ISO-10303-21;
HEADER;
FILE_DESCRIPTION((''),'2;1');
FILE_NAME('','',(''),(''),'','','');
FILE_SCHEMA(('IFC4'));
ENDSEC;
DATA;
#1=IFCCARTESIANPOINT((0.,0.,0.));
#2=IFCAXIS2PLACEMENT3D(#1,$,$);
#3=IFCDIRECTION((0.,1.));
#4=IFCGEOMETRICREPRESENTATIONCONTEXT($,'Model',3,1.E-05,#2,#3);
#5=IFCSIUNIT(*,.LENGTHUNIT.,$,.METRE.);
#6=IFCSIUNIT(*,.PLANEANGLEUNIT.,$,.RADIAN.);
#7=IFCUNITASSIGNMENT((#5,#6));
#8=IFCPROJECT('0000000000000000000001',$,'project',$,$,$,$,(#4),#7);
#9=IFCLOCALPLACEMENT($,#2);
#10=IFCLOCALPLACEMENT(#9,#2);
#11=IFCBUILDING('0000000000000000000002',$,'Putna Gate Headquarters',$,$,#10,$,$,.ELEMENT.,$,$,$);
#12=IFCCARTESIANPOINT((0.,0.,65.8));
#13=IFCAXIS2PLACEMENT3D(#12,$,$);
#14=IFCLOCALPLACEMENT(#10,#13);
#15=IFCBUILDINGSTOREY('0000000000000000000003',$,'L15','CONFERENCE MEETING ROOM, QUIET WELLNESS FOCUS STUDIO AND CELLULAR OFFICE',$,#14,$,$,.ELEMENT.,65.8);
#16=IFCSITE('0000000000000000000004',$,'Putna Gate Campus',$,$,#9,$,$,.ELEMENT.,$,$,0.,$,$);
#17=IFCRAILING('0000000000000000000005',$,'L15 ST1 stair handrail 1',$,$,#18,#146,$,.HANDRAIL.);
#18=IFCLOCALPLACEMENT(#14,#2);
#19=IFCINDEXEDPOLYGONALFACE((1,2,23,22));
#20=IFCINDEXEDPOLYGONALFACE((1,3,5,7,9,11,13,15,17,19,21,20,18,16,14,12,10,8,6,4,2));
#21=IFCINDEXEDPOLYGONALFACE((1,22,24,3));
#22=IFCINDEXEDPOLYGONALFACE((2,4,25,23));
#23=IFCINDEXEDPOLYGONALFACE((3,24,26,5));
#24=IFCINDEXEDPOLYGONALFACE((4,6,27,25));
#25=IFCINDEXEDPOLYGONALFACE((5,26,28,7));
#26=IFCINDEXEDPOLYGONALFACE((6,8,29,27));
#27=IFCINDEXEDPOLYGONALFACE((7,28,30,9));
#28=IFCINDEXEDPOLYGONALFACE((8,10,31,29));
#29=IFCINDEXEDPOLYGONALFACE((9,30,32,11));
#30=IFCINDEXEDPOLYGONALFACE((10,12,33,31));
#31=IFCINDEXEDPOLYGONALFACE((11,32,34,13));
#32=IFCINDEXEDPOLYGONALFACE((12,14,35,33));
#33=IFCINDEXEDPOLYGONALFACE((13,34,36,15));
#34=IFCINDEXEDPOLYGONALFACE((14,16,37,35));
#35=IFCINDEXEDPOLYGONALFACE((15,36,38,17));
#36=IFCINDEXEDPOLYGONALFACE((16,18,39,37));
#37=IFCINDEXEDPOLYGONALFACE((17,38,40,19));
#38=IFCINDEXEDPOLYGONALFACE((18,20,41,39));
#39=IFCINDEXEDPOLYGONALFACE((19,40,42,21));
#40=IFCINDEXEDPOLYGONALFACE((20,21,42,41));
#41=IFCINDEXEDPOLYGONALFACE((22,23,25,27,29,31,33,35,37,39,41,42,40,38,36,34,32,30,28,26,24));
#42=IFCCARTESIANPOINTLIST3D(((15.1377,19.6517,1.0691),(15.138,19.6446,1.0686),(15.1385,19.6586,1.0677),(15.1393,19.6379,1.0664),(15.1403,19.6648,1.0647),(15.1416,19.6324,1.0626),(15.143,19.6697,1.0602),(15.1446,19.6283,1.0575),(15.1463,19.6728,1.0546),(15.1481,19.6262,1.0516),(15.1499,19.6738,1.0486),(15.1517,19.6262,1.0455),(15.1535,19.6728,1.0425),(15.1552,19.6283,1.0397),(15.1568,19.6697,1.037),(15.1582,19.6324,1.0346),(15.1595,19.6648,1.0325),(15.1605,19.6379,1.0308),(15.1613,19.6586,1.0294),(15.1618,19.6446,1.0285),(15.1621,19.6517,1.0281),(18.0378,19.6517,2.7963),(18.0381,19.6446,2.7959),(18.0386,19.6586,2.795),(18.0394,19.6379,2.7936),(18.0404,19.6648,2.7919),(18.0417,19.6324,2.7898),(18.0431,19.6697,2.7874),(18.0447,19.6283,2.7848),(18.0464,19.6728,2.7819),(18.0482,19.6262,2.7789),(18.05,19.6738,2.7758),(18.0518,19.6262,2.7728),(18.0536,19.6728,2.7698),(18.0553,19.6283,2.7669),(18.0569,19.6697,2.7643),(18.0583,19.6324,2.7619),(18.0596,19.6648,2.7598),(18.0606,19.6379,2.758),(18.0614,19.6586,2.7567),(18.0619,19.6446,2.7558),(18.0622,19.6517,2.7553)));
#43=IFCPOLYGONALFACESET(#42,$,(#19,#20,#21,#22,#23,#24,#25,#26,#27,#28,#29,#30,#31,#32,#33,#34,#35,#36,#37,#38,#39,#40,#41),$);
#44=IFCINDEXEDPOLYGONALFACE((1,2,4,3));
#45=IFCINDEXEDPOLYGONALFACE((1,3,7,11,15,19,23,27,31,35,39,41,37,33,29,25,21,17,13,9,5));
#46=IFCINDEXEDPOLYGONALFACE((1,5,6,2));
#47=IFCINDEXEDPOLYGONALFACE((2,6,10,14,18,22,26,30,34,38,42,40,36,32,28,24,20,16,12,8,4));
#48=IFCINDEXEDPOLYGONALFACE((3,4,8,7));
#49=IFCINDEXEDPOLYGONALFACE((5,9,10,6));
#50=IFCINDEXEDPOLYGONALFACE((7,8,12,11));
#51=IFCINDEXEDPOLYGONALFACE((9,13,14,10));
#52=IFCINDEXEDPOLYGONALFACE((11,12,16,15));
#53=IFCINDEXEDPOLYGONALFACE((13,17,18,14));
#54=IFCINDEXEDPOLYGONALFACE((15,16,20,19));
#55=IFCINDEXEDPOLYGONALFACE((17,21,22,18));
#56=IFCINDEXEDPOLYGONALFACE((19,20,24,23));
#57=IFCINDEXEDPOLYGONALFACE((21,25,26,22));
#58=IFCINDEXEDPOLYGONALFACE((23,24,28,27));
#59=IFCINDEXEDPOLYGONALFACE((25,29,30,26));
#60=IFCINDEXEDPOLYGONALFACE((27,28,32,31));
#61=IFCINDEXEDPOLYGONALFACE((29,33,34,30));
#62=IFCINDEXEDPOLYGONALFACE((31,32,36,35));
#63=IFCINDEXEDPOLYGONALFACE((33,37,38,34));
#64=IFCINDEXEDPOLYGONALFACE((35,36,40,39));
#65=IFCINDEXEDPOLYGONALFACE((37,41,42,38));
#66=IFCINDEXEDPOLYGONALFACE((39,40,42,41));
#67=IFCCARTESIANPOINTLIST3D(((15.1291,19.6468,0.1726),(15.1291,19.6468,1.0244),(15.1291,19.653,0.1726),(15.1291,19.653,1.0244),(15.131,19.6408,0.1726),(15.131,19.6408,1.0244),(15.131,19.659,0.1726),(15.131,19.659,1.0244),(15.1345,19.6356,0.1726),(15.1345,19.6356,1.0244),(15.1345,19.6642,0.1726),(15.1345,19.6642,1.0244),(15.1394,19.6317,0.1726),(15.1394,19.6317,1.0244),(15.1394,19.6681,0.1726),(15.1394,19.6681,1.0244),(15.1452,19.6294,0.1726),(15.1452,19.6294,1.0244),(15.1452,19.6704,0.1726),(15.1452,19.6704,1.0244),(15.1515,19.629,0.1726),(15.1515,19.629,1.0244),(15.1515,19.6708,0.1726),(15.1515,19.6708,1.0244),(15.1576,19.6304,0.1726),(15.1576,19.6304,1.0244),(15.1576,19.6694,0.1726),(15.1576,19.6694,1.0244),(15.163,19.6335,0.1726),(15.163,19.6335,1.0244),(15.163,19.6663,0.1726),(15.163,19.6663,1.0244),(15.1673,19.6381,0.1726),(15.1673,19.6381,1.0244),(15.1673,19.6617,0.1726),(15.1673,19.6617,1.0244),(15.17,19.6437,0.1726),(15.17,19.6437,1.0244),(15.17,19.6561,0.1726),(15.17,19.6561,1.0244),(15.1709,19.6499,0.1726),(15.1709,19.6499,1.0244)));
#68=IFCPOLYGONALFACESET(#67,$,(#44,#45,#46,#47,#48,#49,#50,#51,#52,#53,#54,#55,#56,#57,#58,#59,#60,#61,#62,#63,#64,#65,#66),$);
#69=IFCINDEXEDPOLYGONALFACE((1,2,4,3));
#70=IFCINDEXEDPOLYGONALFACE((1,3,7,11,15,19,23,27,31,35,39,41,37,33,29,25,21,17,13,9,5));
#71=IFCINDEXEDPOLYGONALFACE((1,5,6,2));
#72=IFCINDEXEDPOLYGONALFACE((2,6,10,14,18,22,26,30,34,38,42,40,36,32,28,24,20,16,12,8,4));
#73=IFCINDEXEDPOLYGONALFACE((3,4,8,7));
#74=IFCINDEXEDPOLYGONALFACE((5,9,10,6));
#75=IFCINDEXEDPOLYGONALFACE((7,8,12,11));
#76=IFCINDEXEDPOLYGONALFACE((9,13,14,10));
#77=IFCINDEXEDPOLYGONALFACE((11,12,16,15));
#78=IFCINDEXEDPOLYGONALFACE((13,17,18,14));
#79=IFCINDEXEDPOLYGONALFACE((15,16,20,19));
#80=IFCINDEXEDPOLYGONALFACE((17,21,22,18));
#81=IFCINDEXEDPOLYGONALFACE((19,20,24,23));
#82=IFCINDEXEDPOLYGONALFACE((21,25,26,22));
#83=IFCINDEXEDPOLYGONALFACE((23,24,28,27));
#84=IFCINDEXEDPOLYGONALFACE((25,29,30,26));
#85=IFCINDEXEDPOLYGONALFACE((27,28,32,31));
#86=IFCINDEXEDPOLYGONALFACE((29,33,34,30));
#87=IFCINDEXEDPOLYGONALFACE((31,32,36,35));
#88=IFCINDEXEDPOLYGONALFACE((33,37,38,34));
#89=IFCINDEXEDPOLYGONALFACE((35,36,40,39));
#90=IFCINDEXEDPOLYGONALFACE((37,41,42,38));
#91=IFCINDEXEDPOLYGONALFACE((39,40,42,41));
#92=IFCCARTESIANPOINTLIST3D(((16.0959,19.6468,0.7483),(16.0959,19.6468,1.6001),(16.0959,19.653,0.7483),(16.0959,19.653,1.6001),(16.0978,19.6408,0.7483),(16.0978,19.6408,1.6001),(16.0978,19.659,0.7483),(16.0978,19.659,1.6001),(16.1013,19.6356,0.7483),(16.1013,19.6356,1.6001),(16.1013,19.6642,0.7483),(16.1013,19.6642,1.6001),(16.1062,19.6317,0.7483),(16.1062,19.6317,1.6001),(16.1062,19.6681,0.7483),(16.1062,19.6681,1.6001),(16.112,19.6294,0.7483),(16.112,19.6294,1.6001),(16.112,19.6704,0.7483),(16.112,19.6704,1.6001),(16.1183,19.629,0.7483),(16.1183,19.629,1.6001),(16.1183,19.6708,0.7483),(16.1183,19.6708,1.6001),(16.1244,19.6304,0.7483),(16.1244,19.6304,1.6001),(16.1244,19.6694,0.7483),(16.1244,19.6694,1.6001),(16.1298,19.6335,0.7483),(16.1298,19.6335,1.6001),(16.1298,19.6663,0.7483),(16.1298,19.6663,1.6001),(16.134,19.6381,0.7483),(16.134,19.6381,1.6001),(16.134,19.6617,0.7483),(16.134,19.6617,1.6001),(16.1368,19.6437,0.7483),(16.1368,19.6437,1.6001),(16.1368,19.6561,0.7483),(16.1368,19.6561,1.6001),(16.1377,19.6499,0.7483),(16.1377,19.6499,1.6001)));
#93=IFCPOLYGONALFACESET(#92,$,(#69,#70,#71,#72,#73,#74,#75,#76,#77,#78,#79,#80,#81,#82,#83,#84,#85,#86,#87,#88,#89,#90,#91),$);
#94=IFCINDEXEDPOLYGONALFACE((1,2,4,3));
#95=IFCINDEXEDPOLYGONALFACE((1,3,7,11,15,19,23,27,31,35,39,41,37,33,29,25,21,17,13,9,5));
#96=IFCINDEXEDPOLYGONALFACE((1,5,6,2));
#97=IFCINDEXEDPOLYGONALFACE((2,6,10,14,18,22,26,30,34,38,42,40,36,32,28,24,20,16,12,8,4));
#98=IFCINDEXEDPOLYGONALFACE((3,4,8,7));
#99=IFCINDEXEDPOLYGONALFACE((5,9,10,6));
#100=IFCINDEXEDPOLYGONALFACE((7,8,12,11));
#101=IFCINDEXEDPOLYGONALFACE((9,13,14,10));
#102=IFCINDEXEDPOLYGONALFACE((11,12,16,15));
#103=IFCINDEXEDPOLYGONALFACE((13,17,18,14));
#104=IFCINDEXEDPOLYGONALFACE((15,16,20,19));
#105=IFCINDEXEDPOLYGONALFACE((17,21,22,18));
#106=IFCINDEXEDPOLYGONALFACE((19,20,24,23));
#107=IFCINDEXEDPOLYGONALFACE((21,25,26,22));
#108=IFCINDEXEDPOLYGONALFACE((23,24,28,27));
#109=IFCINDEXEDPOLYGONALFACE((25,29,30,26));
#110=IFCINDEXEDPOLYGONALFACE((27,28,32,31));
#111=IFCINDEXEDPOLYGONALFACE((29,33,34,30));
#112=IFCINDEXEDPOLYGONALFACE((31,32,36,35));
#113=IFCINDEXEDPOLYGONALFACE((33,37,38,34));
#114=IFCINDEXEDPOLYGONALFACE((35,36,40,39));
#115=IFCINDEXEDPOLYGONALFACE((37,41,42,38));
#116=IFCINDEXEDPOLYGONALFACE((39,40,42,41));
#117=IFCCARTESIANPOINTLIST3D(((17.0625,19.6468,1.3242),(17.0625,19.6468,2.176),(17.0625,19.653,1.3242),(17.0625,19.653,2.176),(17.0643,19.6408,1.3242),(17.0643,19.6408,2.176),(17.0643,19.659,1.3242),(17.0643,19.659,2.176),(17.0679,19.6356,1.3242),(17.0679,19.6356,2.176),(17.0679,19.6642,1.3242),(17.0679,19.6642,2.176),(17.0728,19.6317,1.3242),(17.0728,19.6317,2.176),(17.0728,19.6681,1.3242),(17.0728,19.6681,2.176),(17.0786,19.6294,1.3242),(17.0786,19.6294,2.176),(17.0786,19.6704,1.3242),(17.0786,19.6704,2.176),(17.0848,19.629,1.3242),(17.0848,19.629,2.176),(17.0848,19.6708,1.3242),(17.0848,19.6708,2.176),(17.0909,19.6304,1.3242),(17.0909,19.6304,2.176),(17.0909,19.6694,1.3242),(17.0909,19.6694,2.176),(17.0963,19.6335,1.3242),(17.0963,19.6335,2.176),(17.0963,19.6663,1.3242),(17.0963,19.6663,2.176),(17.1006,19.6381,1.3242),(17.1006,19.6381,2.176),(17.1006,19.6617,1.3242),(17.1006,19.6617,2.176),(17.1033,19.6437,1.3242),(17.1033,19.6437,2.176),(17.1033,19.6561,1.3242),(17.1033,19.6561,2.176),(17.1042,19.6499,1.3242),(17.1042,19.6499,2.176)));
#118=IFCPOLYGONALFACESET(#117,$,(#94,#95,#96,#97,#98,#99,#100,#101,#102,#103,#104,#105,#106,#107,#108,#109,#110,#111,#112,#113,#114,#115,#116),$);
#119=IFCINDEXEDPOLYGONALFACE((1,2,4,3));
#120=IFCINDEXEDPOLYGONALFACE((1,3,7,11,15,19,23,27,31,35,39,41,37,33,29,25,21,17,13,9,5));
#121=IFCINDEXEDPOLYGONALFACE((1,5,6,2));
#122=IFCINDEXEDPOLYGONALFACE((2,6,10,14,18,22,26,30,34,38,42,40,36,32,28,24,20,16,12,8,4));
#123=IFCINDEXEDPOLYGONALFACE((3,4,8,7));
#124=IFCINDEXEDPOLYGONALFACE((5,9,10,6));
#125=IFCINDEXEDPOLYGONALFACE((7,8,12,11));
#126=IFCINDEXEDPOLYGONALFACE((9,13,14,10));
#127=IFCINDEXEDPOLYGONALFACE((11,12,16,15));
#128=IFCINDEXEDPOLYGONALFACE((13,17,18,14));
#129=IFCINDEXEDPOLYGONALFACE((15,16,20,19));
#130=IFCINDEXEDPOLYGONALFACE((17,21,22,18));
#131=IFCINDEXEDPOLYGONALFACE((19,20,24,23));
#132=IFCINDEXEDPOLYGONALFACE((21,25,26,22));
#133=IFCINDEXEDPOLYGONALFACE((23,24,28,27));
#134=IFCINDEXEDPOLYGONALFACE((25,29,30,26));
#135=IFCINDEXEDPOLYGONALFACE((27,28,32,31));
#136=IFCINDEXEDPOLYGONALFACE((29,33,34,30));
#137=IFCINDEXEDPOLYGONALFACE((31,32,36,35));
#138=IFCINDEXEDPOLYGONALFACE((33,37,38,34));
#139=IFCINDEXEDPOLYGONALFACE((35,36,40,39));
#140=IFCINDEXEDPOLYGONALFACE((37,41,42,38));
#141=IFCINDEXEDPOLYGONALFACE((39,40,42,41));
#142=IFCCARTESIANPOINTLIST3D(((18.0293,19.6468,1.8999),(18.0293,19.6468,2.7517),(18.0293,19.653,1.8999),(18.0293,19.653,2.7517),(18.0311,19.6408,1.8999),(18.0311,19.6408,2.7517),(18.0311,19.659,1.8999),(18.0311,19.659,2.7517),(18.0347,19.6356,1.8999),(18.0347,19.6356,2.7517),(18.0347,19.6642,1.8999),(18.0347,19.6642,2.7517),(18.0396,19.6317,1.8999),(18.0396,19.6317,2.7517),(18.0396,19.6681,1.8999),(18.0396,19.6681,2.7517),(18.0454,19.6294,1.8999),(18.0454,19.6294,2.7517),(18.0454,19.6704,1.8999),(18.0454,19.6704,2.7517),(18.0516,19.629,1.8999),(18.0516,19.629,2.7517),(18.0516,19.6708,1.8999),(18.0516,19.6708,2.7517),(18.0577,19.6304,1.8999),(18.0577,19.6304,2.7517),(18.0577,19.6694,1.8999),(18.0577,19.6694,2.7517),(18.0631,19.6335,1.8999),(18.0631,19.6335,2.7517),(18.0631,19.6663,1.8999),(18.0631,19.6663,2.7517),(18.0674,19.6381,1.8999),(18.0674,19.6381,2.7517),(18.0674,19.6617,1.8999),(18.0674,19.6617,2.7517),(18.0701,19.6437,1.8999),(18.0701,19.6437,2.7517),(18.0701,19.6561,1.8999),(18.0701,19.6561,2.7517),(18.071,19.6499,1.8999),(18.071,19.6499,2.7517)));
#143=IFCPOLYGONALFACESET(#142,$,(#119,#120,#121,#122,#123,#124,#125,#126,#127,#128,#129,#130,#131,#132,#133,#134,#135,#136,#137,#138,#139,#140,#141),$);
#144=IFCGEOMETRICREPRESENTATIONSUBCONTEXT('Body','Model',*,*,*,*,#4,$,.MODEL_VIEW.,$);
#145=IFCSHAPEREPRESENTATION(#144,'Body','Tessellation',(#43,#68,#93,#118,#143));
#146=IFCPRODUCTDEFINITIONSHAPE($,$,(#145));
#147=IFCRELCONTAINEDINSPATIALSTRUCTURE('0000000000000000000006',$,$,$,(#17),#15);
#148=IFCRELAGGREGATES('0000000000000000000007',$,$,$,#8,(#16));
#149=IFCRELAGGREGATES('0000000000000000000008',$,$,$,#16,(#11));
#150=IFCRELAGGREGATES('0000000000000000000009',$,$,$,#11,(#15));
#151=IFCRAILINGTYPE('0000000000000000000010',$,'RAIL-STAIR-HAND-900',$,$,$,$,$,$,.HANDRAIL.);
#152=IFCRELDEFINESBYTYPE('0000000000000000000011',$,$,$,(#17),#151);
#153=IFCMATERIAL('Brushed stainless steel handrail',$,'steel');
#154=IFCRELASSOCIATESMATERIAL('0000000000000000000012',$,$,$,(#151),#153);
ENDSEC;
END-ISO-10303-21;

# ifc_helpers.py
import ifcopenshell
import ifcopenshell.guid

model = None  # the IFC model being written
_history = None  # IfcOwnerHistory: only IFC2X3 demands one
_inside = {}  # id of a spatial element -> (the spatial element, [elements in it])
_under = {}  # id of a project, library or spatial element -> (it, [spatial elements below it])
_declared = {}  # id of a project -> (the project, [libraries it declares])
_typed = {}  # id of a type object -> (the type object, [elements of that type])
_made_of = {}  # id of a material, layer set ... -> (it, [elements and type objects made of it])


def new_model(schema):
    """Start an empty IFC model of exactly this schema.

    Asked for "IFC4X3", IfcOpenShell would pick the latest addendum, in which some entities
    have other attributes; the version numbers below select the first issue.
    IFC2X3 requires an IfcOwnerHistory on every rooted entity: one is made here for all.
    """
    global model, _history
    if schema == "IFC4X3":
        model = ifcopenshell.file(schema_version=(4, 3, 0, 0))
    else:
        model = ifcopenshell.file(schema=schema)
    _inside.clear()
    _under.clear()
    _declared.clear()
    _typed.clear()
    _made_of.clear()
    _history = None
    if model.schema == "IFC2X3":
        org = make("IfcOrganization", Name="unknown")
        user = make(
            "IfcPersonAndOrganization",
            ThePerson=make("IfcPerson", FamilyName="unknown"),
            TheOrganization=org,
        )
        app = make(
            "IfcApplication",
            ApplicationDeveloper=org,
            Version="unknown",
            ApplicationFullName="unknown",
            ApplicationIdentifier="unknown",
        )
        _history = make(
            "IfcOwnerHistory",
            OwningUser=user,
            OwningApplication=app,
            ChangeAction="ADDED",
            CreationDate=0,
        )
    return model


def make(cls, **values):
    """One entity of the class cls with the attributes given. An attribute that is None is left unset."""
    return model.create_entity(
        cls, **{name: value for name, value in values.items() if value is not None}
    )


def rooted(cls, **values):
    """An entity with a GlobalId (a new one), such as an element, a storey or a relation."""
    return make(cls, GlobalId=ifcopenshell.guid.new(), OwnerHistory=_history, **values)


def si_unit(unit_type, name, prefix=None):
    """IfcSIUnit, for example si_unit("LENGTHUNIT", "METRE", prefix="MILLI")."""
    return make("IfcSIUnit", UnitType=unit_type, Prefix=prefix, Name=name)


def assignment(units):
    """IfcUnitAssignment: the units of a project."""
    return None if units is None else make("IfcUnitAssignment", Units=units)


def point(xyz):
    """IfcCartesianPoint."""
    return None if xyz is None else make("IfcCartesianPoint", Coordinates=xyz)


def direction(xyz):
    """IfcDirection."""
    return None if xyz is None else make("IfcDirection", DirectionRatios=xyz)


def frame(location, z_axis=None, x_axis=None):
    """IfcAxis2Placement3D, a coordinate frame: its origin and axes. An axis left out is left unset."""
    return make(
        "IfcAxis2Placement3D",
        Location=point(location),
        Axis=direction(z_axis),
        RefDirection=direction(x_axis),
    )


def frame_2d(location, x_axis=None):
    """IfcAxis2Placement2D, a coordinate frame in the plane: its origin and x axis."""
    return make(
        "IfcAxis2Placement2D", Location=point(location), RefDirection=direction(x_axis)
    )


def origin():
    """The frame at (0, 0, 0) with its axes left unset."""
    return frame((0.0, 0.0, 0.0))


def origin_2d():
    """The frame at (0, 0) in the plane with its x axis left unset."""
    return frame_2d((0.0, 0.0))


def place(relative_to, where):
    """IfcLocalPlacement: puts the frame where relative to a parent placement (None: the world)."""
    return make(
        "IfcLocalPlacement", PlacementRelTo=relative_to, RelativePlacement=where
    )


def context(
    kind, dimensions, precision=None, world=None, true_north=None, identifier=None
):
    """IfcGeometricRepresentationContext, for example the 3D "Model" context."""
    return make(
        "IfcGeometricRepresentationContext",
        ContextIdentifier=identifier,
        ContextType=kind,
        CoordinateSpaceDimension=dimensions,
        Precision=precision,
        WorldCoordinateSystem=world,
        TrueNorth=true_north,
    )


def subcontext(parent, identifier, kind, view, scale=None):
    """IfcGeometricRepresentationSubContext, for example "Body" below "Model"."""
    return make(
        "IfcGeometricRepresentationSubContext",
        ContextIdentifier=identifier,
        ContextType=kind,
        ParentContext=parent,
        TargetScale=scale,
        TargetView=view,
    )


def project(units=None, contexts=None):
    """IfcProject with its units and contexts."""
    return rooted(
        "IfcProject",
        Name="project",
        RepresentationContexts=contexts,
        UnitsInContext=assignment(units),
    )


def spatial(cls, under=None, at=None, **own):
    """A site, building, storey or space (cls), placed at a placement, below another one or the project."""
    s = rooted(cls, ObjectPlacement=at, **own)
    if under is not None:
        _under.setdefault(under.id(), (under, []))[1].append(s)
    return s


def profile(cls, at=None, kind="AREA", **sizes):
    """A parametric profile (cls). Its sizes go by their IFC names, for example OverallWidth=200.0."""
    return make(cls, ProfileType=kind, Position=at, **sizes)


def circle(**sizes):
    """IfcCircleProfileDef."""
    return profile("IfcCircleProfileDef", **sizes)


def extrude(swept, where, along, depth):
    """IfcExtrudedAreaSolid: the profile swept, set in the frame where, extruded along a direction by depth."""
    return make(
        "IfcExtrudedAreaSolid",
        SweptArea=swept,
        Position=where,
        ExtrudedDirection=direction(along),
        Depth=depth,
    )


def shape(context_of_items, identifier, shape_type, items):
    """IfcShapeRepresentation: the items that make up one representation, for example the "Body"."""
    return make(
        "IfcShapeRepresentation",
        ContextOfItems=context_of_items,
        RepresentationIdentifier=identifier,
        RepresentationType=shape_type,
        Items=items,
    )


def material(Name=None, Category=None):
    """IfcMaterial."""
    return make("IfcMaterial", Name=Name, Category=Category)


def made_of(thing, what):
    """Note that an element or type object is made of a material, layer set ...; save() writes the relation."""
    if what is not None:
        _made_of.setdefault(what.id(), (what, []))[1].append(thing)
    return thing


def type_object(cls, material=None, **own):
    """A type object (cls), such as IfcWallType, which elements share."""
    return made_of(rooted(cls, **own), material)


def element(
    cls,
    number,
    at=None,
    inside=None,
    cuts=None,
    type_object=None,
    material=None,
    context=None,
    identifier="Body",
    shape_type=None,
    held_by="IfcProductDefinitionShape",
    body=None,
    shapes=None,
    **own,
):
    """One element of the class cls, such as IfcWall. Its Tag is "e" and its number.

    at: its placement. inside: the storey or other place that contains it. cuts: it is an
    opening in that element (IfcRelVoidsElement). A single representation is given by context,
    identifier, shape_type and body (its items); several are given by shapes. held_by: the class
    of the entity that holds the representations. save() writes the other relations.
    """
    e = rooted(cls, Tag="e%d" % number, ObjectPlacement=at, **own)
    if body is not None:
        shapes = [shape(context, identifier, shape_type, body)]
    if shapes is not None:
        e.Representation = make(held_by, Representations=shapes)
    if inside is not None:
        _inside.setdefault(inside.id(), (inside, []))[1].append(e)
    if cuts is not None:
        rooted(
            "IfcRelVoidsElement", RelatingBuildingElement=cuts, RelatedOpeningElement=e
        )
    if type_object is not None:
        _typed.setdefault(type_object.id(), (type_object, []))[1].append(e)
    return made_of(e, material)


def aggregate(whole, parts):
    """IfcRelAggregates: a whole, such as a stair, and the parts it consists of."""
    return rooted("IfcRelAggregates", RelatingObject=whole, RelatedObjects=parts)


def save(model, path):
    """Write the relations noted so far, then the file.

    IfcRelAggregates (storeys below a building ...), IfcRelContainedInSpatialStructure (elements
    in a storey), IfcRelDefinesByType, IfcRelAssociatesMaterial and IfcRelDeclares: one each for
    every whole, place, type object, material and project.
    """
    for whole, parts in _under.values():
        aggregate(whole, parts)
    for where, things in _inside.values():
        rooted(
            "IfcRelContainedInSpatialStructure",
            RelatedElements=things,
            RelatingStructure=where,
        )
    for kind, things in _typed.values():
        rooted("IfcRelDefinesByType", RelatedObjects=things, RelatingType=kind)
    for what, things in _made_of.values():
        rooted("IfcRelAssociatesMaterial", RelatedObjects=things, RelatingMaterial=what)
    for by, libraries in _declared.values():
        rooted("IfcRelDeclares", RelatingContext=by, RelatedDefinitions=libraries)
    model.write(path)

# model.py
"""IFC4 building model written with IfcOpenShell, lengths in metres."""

from ifc_helpers import new_model, si_unit, direction, frame, origin, origin_2d, place, context, subcontext, project, spatial, circle, extrude, material, type_object, element, save


model = new_model("IFC4")

# Units and contexts
model_context = context("Model", 3, precision=1e-05, world=origin(), true_north=direction((0.0, 1.0)))
body_context = subcontext(model_context, "Body", "Model", "MODEL_VIEW")
ifc_project = project(units=[si_unit("LENGTHUNIT", "METRE"), si_unit("PLANEANGLEUNIT", "RADIAN")], contexts=[model_context])

# Site, building, storey
site_placement = place(None, origin())
site = spatial("IfcSite", under=ifc_project, at=site_placement, Name="Putna Gate Campus", CompositionType="ELEMENT", RefElevation=0.0)
building_placement = place(site_placement, origin())
building = spatial("IfcBuilding", under=site, at=building_placement, Name="Putna Gate Headquarters", CompositionType="ELEMENT")
storey_placement = place(building_placement, frame((0.0, 0.0, 65.8)))
storey = spatial("IfcBuildingStorey", under=building, at=storey_placement, Name="L15", Description="CONFERENCE MEETING ROOM, QUIET WELLNESS FOCUS STUDIO AND CELLULAR OFFICE", CompositionType="ELEMENT", Elevation=65.8)

# Railing
ifc_material_1 = material(Name="Brushed stainless steel handrail", Category="steel")
railing_type_1 = type_object("IfcRailingType", Name="RAIL-STAIR-HAND-900", PredefinedType="HANDRAIL", material=ifc_material_1)
railing_1_placement = place(storey_placement, frame((15.1499, 19.6499, 0.1726)))
element("IfcRailing", 1, at=railing_1_placement, inside=storey, type_object=railing_type_1, Name="L15 ST1 stair handrail 1", PredefinedType="HANDRAIL", context=body_context, shape_type="SweptSolid", body=[
    extrude(circle(Radius=0.0239, at=origin_2d()), frame((0.0, 0.0, 0.876), z_axis=(0.85916, 0.0, 0.511706), x_axis=(0.0, 1.0, 0.0)), (0.0, 0.0, 1.0), 3.3755),
    extrude(circle(Radius=0.021, at=origin_2d()), origin(), (0.0, 0.0, 1.0), 0.8518),
    extrude(circle(Radius=0.021, at=origin_2d()), frame((0.9668, 0.0, 0.5757)), (0.0, 0.0, 1.0), 0.8518),
    extrude(circle(Radius=0.021, at=origin_2d()), frame((1.9333, 0.0, 1.1516)), (0.0, 0.0, 1.0), 0.8518),
    extrude(circle(Radius=0.021, at=origin_2d()), frame((2.9001, 0.0, 1.7273)), (0.0, 0.0, 1.0), 0.8518),
])

save(model, "model.ifc")
